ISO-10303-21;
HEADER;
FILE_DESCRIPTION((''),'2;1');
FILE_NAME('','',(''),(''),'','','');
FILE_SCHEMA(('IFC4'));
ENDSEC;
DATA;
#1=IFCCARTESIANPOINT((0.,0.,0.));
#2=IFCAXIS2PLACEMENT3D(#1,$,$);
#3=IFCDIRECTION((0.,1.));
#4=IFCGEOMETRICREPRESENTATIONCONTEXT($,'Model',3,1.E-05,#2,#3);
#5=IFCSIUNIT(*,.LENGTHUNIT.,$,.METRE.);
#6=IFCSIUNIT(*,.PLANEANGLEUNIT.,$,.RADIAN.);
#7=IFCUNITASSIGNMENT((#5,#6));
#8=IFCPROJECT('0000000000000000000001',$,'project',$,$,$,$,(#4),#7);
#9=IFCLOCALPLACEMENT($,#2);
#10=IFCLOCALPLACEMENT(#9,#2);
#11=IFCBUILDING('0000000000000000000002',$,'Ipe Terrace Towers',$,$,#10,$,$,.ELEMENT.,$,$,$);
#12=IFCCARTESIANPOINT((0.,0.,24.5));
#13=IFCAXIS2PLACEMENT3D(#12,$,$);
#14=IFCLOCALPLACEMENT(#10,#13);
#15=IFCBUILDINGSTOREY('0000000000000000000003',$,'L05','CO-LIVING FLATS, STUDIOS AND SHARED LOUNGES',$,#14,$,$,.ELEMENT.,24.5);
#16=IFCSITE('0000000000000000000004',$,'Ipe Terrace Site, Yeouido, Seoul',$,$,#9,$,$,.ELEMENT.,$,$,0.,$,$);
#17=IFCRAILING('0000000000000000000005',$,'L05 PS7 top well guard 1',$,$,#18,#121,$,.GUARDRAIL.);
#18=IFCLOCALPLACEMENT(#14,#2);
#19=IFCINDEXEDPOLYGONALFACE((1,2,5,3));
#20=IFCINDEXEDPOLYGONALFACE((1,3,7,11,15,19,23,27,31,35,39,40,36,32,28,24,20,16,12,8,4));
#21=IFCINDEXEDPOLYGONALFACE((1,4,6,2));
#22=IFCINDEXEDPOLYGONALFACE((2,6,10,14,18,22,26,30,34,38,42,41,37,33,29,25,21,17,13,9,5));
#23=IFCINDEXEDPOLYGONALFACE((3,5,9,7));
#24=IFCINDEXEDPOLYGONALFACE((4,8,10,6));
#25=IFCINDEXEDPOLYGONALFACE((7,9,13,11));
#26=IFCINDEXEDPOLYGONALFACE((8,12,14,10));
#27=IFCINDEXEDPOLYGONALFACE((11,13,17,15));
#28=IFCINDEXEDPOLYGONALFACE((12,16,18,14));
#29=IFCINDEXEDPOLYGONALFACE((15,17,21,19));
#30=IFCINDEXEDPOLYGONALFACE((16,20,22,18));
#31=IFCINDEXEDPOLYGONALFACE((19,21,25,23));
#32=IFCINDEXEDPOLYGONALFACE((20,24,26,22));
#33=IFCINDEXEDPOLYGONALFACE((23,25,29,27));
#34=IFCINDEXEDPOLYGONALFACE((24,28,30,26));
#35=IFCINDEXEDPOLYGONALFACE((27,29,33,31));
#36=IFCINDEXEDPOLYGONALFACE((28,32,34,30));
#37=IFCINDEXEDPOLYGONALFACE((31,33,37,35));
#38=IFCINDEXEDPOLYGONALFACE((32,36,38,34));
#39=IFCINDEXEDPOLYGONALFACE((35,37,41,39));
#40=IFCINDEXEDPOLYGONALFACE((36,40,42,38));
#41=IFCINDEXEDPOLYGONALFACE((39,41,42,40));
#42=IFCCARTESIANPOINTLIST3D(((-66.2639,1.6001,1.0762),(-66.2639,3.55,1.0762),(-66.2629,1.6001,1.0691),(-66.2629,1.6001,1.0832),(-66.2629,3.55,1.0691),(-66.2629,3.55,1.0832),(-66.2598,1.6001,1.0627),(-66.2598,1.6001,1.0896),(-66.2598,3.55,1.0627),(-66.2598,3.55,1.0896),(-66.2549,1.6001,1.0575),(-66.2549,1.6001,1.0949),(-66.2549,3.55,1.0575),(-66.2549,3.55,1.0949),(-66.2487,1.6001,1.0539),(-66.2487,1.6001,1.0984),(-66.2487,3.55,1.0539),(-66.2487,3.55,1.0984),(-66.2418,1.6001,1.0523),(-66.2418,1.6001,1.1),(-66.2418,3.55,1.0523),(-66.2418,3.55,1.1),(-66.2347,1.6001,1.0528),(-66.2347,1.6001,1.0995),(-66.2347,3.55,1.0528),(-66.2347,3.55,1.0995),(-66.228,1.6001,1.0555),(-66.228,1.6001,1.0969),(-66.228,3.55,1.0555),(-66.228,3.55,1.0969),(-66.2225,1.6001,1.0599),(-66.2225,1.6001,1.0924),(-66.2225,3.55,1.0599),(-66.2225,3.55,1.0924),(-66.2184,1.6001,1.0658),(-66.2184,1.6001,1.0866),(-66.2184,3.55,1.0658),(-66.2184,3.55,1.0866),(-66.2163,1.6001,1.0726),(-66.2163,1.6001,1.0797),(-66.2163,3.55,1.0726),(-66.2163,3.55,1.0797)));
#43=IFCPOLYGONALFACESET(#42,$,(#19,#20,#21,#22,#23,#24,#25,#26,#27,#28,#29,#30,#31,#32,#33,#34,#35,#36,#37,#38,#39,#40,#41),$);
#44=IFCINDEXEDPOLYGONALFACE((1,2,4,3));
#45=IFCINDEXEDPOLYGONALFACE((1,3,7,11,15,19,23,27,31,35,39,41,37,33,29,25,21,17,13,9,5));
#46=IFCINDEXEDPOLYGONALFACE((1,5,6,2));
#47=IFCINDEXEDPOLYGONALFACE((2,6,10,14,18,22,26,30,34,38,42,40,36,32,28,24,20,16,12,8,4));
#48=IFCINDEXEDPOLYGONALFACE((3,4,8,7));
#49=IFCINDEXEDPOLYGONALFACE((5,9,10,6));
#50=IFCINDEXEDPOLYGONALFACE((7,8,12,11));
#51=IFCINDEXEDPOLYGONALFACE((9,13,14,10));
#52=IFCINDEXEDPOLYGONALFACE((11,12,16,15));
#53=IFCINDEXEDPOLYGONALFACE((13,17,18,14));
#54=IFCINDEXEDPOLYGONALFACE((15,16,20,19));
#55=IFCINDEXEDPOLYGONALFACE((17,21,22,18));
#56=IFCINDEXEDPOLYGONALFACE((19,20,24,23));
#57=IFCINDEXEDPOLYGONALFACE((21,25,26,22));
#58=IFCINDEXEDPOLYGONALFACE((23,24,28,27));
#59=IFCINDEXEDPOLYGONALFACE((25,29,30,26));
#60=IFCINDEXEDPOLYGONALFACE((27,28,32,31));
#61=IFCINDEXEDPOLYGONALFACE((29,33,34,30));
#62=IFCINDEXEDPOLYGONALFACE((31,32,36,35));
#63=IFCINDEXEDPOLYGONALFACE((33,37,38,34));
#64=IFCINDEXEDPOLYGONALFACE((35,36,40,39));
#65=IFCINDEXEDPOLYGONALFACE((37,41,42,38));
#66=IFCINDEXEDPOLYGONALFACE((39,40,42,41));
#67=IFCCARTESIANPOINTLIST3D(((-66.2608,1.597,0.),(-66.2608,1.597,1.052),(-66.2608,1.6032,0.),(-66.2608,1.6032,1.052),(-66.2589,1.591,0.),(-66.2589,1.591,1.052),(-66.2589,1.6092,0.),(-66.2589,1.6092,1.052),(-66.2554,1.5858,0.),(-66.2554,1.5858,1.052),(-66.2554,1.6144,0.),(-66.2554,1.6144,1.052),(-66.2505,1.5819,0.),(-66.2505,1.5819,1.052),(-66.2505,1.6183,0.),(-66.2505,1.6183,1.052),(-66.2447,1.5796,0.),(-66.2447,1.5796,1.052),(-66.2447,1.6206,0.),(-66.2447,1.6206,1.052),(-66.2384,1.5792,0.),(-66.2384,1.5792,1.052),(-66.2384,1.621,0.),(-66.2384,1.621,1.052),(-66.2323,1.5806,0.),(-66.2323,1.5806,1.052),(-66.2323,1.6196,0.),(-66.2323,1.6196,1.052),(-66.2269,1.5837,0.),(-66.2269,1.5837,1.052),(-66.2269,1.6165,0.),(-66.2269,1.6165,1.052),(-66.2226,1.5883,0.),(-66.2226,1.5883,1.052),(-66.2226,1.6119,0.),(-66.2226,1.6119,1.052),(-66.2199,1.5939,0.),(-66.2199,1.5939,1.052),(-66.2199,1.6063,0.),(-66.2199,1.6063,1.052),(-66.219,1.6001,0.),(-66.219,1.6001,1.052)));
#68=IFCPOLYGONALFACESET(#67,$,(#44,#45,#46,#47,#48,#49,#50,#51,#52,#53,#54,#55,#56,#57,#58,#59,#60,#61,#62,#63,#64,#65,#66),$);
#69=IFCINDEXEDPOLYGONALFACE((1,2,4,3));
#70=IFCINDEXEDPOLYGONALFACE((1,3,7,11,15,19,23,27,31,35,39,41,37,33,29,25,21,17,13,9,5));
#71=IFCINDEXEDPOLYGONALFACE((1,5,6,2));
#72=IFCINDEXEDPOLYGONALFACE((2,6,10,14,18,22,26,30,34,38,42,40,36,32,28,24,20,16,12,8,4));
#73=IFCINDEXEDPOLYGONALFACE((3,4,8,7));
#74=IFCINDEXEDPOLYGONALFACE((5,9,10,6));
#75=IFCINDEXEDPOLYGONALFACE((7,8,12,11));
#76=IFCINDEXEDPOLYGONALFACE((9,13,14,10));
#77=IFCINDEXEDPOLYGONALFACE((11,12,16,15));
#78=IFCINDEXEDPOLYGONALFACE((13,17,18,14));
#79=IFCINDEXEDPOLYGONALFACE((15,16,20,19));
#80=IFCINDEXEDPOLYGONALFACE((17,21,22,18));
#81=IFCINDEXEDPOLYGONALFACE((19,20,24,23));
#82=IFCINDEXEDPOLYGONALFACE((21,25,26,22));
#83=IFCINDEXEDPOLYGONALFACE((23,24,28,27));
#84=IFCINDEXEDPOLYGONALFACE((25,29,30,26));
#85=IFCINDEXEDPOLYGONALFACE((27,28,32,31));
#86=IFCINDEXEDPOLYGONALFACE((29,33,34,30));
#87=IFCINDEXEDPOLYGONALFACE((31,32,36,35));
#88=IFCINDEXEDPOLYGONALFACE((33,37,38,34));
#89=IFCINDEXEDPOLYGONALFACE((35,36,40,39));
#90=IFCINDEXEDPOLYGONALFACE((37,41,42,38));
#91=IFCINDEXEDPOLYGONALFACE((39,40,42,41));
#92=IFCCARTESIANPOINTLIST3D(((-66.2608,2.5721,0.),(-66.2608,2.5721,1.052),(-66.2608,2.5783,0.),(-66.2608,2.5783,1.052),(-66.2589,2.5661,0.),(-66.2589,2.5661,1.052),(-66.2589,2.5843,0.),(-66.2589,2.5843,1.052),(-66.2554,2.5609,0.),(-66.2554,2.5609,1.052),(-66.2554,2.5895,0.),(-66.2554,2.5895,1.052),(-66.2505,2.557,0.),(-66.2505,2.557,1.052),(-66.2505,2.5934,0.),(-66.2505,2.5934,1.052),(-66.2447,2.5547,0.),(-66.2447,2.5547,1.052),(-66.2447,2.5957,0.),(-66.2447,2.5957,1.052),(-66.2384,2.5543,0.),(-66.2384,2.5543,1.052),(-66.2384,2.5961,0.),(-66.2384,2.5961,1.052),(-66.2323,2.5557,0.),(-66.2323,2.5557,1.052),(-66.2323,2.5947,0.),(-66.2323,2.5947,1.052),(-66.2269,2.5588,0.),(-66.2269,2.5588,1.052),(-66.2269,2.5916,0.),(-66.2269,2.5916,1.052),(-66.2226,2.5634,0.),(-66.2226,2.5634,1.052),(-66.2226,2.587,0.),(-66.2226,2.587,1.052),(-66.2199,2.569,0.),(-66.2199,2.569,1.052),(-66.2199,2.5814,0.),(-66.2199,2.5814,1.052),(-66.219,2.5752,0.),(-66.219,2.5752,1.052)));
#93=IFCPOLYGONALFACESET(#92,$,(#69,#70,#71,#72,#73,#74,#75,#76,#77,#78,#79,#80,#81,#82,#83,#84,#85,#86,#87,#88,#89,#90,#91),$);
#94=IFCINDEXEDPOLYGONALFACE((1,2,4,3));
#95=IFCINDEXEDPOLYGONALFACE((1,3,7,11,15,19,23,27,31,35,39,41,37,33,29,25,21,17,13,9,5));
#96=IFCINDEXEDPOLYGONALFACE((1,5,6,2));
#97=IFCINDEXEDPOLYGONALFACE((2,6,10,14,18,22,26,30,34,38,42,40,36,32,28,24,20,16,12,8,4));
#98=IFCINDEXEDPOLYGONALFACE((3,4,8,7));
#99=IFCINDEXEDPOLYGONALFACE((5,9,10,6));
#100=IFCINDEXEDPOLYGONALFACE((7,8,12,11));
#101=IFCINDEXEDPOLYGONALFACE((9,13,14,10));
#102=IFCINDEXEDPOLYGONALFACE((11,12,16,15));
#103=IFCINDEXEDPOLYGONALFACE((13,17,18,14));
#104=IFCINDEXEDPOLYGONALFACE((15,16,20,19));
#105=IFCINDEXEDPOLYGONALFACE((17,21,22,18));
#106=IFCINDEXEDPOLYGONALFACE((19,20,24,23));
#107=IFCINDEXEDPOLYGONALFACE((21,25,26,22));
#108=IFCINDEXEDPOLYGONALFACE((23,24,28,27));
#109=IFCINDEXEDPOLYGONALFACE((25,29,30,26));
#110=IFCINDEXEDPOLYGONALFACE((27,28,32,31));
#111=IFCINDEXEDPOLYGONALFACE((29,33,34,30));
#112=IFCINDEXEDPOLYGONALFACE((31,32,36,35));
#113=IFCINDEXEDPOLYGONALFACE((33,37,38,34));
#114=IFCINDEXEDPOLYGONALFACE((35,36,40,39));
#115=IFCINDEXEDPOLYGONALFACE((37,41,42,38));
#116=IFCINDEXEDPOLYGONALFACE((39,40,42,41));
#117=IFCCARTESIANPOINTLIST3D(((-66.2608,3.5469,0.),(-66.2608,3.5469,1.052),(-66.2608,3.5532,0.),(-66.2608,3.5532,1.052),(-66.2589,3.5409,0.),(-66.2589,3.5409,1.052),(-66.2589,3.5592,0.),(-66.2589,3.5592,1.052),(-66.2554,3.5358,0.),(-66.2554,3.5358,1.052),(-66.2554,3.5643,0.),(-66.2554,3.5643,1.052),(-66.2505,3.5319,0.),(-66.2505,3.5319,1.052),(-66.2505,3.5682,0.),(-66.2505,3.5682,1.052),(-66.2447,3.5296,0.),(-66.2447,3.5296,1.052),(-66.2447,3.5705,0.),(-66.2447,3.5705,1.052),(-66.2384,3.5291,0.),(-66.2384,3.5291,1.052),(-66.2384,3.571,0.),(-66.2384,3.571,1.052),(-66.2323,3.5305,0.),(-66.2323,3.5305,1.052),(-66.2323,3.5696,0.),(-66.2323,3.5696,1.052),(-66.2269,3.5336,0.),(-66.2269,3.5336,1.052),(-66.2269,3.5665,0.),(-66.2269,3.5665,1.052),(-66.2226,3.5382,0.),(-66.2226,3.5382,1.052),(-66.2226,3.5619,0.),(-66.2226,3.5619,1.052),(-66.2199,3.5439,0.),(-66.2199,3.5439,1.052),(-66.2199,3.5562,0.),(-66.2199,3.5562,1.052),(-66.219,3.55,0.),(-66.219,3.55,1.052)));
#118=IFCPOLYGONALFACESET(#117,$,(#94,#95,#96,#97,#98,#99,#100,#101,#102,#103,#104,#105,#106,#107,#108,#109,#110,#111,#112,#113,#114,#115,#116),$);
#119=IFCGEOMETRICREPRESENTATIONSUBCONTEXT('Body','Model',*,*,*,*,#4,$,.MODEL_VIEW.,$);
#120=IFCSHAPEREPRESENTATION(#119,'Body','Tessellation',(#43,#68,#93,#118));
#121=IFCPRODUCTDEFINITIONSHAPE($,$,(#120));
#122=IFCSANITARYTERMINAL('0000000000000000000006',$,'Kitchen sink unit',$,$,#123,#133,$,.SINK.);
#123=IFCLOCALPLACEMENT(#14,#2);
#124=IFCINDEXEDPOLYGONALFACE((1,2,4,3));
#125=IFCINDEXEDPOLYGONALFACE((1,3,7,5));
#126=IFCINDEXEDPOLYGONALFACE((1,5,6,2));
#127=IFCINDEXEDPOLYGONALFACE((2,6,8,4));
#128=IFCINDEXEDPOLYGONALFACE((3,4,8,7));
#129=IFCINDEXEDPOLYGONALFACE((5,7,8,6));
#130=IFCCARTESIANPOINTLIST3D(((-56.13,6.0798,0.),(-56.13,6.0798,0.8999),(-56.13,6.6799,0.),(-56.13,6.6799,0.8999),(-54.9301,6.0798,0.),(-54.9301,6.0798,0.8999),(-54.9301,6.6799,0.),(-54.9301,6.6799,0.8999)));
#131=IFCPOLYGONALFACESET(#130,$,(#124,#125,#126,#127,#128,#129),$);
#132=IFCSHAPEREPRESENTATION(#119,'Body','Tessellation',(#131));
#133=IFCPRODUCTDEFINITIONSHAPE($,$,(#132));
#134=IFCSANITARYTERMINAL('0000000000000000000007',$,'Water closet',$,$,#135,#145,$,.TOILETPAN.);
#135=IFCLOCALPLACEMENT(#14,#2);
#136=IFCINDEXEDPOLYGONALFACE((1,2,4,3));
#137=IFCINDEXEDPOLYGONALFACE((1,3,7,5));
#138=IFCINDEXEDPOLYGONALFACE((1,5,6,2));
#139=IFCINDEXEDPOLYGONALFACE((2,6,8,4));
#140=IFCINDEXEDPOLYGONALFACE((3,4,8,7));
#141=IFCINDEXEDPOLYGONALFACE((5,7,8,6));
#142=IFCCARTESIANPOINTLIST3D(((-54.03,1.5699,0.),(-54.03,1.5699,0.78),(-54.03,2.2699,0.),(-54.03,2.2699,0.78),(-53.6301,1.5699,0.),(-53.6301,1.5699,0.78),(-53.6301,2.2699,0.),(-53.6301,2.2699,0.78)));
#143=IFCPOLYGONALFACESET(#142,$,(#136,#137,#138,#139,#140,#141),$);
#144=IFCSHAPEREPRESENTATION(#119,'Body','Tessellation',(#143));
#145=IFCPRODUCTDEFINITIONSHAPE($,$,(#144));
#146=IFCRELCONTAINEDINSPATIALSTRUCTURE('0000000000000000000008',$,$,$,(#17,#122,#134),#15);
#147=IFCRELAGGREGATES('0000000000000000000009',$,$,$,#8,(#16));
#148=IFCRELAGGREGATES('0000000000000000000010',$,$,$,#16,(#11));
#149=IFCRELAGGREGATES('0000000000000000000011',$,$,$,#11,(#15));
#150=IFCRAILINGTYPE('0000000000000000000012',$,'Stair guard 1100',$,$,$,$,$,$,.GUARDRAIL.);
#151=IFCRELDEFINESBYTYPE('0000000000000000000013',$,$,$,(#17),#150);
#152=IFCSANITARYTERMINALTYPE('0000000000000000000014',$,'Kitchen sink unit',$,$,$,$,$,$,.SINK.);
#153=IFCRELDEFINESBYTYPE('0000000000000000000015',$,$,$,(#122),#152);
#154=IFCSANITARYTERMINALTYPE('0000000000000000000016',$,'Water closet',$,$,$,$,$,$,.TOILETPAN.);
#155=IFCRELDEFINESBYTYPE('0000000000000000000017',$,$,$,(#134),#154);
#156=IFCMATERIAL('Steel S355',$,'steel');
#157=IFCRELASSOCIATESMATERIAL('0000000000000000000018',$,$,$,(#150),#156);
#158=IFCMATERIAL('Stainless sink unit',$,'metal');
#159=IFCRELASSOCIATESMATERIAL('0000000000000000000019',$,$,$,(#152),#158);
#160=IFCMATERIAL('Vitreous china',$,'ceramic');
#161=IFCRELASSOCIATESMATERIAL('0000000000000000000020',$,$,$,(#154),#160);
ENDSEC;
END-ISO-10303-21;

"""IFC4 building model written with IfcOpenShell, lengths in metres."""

from ifc_helpers import new_model, si_unit, direction, frame, origin, origin_2d, place, context, subcontext, project, spatial, rectangle, circle, extrude, material, type_object, element, save


model = new_model("IFC4")

# Units and contexts
model_context = context("Model", 3, precision=1e-05, world=origin(), true_north=direction((0.0, 1.0)))
body_context = subcontext(model_context, "Body", "Model", "MODEL_VIEW")
ifc_project = project(units=[si_unit("LENGTHUNIT", "METRE"), si_unit("PLANEANGLEUNIT", "RADIAN")], contexts=[model_context])

# Site, building, storey
site_placement = place(None, origin())
site = spatial("IfcSite", under=ifc_project, at=site_placement, Name="Ipe Terrace Site, Yeouido, Seoul", CompositionType="ELEMENT", RefElevation=0.0)
building_placement = place(site_placement, origin())
building = spatial("IfcBuilding", under=site, at=building_placement, Name="Ipe Terrace Towers", CompositionType="ELEMENT")
storey_placement = place(building_placement, frame((0.0, 0.0, 24.5)))
storey = spatial("IfcBuildingStorey", under=building, at=storey_placement, Name="L05", Description="CO-LIVING FLATS, STUDIOS AND SHARED LOUNGES", CompositionType="ELEMENT", Elevation=24.5)

# Railing
ifc_material_1 = material(Name="Steel S355", Category="steel")
railing_type = type_object("IfcRailingType", Name="Stair guard 1100", PredefinedType="GUARDRAIL", material=ifc_material_1)
railing_placement = place(storey_placement, frame((-66.24, 1.6001, 0.0)))
element("IfcRailing", 1, at=railing_placement, inside=storey, type_object=railing_type, Name="L05 PS7 top well guard 1", PredefinedType="GUARDRAIL", context=body_context, shape_type="SweptSolid", body=[
    extrude(circle(Radius=0.0239, at=origin_2d()), frame((0.0, 0.0, 1.0762), z_axis=(0.0, 1.0, 0.0), x_axis=(-1.0, 0.0, 0.0)), (0.0, 0.0, 1.0), 1.95),
    extrude(circle(Radius=0.021, at=origin_2d()), origin(), (0.0, 0.0, 1.0), 1.052),
    extrude(circle(Radius=0.021, at=origin_2d()), frame((0.0, 0.9751, 0.0)), (0.0, 0.0, 1.0), 1.052),
    extrude(circle(Radius=0.021, at=origin_2d()), frame((0.0, 1.95, 0.0)), (0.0, 0.0, 1.0), 1.052),
])

# Sanitary terminals
ifc_material_2 = material(Name="Stainless sink unit", Category="metal")
sanitary_terminal_type_1 = type_object("IfcSanitaryTerminalType", Name="Kitchen sink unit", PredefinedType="SINK", material=ifc_material_2)
sanitary_terminal_1_placement = place(storey_placement, frame((-55.53, 6.3799, 0.0), z_axis=(0.0, 0.0, 1.0), x_axis=(1.0, 0.0, 0.0)))
element("IfcSanitaryTerminal", 2, at=sanitary_terminal_1_placement, inside=storey, type_object=sanitary_terminal_type_1, Name="Kitchen sink unit", PredefinedType="SINK", context=body_context, shape_type="SweptSolid", body=[
    extrude(rectangle(XDim=1.2, YDim=0.6001, at=origin_2d()), origin(), (0.0, 0.0, 1.0), 0.8999),
])
ifc_material_3 = material(Name="Vitreous china", Category="ceramic")
sanitary_terminal_type_2 = type_object("IfcSanitaryTerminalType", Name="Water closet", PredefinedType="TOILETPAN", material=ifc_material_3)
sanitary_terminal_2_placement = place(storey_placement, frame((-53.8301, 1.9199, 0.0), z_axis=(0.0, 0.0, 1.0), x_axis=(0.0, 1.0, 0.0)))
element("IfcSanitaryTerminal", 3, at=sanitary_terminal_2_placement, inside=storey, type_object=sanitary_terminal_type_2, Name="Water closet", PredefinedType="TOILETPAN", context=body_context, shape_type="SweptSolid", body=[
    extrude(rectangle(XDim=0.7, YDim=0.3999, at=origin_2d()), origin(), (0.0, 0.0, 1.0), 0.78),
])

save(model, "model.ifc")
